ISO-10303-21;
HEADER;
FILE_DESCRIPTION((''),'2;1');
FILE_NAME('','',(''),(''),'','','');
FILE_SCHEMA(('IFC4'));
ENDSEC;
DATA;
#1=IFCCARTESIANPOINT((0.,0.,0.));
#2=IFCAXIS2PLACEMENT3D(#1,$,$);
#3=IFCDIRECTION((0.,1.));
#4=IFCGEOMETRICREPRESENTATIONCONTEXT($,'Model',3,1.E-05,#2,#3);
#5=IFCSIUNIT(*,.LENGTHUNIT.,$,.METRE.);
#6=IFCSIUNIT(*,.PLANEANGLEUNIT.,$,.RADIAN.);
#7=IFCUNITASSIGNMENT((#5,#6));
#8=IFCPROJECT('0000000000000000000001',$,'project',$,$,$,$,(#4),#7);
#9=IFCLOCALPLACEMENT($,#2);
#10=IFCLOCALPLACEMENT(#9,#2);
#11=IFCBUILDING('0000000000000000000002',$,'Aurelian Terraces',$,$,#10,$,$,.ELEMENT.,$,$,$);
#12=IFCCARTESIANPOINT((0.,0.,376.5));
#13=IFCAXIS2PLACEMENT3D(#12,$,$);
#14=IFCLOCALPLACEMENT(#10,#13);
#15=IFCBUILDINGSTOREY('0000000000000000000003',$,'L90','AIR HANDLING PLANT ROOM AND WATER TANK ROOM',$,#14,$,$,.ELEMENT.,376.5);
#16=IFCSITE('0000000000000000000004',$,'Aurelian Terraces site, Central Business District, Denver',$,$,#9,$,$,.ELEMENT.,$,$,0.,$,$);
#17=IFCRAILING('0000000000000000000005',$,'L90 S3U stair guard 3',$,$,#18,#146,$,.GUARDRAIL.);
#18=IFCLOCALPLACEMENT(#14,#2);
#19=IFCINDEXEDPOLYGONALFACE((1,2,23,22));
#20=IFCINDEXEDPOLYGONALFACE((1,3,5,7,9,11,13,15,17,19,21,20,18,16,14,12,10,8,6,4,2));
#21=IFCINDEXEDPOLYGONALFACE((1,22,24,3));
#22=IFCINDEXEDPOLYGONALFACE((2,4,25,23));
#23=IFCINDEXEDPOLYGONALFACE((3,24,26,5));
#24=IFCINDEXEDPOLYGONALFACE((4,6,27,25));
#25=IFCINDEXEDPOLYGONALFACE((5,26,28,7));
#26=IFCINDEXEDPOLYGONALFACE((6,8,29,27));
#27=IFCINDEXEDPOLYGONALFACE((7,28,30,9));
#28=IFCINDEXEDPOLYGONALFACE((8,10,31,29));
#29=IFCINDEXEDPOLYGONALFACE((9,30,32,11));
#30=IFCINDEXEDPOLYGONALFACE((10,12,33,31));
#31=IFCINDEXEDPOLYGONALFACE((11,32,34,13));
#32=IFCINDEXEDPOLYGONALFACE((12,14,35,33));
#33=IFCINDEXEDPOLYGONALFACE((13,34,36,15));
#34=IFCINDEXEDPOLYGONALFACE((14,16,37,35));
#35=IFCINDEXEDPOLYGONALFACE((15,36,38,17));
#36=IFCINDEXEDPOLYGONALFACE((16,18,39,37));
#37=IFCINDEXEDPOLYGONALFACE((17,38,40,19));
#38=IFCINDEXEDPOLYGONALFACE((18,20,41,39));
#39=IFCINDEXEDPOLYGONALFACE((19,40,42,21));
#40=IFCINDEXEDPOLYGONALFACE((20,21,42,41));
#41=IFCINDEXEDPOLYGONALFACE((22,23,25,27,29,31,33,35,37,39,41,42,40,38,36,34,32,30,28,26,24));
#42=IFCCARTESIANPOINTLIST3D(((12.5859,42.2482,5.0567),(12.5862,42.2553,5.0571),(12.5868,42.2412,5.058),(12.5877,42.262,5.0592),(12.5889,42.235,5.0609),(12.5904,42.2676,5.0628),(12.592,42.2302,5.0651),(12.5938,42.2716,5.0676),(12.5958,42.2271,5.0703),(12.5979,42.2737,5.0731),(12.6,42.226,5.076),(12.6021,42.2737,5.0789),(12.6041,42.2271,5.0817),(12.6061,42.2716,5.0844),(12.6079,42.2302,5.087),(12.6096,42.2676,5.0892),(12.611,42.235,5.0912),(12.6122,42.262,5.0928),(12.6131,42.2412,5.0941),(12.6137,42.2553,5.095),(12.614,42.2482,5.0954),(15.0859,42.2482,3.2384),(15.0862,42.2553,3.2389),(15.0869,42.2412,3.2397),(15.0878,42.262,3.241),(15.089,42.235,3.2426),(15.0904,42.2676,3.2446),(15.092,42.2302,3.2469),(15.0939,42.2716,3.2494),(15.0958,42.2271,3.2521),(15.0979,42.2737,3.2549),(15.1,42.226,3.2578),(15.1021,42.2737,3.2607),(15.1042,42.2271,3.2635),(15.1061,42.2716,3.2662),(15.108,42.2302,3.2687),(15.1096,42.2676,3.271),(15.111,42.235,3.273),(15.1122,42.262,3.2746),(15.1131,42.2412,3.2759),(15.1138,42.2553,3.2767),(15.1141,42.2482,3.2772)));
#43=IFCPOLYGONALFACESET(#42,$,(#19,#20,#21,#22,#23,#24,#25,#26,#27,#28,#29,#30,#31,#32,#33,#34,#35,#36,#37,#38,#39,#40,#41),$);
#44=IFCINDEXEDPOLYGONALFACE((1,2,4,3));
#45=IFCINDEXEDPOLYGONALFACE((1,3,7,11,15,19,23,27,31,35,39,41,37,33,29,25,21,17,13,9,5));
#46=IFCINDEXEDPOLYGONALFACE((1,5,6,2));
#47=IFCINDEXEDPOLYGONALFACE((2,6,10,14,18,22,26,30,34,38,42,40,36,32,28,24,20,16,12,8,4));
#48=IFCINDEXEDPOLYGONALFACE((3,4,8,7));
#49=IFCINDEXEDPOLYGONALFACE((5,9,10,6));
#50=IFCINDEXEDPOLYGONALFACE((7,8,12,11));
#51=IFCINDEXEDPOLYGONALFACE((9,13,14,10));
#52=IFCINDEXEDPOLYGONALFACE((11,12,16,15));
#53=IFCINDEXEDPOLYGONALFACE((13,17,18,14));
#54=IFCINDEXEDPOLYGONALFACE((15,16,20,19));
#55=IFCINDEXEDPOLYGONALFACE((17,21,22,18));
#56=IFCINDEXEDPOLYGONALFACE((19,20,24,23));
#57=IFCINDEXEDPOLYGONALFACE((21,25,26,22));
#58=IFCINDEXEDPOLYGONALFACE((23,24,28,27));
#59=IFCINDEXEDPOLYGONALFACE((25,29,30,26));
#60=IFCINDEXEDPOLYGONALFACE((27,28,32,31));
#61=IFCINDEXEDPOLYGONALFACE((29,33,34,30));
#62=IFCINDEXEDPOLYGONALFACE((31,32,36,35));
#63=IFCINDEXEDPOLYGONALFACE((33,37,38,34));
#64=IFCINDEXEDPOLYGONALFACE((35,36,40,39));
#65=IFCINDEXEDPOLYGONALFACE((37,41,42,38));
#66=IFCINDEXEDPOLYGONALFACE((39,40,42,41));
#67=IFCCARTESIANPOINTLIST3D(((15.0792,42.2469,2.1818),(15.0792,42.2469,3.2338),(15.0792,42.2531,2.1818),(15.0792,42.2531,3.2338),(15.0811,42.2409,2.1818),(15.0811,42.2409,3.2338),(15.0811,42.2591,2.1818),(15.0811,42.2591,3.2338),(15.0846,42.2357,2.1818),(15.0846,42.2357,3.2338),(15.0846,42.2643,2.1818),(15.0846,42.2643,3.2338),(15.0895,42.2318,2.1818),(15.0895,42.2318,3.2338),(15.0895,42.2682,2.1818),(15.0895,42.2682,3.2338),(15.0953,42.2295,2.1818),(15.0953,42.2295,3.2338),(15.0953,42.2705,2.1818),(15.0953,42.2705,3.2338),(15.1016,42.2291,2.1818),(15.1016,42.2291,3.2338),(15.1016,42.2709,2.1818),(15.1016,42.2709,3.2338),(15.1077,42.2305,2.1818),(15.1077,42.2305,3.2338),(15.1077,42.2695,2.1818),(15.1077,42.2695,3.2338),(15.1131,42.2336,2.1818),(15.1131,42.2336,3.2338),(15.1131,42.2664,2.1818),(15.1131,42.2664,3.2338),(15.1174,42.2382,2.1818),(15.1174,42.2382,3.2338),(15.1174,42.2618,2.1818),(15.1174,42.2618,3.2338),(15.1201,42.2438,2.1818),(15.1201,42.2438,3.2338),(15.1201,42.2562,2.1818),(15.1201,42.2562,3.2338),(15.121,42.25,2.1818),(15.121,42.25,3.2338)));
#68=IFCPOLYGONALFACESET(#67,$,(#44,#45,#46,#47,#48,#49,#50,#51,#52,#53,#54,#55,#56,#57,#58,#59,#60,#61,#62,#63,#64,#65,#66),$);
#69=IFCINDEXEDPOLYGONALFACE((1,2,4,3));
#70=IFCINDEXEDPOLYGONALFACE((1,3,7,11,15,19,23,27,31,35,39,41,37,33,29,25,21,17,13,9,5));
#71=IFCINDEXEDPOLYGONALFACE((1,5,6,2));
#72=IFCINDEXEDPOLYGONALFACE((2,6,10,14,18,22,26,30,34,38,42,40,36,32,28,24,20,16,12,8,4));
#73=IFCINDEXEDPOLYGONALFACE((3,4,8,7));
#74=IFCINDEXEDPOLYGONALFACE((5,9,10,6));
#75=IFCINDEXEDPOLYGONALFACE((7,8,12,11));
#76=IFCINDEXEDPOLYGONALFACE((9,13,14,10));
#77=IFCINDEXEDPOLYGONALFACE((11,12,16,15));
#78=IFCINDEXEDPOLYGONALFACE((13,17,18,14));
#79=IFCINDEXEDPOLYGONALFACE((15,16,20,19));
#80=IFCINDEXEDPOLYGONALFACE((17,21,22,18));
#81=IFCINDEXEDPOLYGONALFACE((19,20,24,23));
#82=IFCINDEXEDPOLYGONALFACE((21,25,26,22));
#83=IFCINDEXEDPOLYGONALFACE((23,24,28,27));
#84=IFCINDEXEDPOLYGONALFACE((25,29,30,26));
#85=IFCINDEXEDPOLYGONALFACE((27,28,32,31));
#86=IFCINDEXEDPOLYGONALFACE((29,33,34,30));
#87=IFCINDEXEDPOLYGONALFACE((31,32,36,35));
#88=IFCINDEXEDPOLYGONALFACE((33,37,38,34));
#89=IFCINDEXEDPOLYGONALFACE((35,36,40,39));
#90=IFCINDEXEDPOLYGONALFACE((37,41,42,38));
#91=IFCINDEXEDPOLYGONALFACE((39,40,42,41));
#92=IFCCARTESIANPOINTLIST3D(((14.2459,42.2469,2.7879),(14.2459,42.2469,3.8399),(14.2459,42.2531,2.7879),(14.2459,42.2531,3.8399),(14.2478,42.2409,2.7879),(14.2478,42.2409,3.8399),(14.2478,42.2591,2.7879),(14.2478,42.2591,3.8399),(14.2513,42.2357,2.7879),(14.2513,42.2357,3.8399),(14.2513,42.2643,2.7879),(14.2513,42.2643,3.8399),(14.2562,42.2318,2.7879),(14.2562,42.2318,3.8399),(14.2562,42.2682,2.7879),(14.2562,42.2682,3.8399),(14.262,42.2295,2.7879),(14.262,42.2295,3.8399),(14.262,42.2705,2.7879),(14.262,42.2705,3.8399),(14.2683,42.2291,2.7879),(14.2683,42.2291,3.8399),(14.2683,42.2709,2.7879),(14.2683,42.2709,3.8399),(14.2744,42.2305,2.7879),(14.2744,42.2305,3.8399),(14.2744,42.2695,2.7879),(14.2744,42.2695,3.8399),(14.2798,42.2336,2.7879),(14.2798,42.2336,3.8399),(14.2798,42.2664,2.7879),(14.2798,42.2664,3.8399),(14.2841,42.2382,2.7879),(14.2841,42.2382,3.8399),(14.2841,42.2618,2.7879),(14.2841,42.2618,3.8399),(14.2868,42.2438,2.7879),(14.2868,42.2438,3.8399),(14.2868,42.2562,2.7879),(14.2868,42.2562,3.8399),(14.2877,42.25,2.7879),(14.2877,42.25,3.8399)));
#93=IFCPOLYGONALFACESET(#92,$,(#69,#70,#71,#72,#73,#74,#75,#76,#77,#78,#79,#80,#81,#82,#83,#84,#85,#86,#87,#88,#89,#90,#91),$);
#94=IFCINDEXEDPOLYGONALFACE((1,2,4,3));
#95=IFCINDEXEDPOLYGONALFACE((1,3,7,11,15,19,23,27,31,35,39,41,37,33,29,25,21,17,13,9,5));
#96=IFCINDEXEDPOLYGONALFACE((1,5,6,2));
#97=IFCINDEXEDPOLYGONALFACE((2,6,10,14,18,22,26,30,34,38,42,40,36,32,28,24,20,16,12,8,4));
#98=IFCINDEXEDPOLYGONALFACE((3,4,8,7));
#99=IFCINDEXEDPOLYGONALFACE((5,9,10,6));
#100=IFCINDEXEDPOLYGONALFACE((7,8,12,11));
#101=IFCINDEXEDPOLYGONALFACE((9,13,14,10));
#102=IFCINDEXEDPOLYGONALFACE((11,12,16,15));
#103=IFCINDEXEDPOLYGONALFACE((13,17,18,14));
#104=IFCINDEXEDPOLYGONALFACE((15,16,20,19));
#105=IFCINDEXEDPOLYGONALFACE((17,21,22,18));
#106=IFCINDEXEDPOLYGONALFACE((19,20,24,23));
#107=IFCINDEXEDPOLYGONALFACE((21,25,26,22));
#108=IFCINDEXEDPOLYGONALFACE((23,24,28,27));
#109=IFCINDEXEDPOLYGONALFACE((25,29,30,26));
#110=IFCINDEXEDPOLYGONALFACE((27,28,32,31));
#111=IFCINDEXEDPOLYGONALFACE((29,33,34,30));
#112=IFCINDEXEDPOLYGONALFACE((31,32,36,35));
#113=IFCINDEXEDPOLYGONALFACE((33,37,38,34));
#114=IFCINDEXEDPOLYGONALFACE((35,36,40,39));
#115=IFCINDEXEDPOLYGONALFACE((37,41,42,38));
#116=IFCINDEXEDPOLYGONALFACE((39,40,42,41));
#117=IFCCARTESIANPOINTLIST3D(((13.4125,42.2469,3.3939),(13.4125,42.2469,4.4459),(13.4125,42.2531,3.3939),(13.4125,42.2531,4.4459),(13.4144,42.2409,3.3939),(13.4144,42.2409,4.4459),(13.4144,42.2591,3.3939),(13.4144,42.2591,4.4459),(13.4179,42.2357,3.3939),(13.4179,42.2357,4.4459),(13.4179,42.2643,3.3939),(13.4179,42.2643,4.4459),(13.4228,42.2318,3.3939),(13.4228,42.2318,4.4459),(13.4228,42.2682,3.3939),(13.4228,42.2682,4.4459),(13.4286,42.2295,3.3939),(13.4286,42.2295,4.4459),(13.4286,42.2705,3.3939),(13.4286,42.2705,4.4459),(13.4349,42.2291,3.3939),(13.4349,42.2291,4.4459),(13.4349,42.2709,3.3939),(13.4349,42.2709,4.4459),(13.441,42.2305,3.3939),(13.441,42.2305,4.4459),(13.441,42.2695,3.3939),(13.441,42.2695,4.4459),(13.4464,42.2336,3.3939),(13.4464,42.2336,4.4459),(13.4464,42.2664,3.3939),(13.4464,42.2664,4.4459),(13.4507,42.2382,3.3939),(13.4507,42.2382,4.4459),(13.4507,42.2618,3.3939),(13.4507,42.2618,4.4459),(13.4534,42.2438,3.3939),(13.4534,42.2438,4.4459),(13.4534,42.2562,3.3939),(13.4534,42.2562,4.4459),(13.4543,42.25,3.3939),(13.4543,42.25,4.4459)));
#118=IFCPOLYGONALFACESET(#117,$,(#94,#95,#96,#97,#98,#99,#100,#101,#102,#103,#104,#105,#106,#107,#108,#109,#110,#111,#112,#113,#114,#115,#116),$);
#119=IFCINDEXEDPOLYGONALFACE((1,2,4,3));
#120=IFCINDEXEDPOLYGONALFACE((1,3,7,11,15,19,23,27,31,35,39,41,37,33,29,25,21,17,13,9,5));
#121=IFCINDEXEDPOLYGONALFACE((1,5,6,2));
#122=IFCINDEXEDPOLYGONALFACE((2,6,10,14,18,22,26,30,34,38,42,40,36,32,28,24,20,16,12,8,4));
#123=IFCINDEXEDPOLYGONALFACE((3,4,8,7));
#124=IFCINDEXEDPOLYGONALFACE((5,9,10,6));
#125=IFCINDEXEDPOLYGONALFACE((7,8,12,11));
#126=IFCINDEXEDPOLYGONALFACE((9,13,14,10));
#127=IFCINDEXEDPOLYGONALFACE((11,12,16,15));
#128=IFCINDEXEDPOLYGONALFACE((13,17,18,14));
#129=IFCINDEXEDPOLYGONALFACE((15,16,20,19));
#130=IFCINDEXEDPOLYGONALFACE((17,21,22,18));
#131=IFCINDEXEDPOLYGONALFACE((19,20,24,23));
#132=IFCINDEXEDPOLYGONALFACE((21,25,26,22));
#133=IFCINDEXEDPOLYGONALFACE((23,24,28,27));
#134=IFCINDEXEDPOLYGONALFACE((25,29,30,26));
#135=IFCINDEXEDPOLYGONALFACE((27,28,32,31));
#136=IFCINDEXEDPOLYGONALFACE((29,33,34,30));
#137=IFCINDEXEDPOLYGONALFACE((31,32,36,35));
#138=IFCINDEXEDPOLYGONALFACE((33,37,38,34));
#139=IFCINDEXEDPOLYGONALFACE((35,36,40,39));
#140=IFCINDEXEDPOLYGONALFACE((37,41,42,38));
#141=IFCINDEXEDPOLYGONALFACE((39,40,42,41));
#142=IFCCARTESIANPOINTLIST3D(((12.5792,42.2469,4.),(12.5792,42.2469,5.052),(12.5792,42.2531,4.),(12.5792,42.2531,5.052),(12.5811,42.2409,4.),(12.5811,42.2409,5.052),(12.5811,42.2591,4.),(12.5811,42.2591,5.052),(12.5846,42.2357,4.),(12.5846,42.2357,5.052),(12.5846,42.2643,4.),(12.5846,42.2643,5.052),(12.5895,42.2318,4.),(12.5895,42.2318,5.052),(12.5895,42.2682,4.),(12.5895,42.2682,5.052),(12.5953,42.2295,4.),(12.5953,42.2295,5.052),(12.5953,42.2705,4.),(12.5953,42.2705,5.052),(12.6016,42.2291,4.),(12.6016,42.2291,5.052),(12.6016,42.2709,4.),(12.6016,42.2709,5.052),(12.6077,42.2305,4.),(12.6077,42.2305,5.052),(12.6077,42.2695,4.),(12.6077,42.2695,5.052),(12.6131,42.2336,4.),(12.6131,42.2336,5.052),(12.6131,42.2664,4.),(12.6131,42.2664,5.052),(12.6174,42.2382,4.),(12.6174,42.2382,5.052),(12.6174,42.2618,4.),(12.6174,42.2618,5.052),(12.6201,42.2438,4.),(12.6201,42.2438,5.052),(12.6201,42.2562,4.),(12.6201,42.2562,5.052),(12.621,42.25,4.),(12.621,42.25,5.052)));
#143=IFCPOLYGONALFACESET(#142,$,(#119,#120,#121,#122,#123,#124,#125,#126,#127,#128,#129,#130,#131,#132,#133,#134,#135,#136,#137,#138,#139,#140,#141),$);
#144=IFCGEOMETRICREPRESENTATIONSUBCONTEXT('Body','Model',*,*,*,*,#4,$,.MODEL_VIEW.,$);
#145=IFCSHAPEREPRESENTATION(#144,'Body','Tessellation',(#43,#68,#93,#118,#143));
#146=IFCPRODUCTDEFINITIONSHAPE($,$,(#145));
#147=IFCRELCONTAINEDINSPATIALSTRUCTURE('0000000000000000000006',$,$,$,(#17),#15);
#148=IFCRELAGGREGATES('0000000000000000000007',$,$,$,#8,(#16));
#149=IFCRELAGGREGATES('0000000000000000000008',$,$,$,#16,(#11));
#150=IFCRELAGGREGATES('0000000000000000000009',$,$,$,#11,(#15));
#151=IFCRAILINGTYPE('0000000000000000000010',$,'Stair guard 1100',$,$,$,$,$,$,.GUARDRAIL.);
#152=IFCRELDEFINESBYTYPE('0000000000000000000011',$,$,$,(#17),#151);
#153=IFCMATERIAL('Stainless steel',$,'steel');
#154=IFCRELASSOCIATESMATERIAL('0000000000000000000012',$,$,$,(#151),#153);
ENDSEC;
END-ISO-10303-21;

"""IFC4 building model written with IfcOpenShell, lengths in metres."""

from ifc_helpers import new_model, si_unit, direction, frame, origin, origin_2d, place, context, subcontext, project, spatial, circle, extrude, source, transform, mapped, material, type_object, element, save


model = new_model("IFC4")

# Units and contexts
model_context = context("Model", 3, precision=1e-05, world=origin(), true_north=direction((0.0, 1.0)))
body_context = subcontext(model_context, "Body", "Model", "MODEL_VIEW")
ifc_project = project(units=[si_unit("LENGTHUNIT", "METRE"), si_unit("PLANEANGLEUNIT", "RADIAN")], contexts=[model_context])

# Site, building, storey
site_placement = place(None, origin())
site = spatial("IfcSite", under=ifc_project, at=site_placement, Name="Aurelian Terraces site, Central Business District, Denver", CompositionType="ELEMENT", RefElevation=0.0)
building_placement = place(site_placement, origin())
building = spatial("IfcBuilding", under=site, at=building_placement, Name="Aurelian Terraces", CompositionType="ELEMENT")
storey_placement = place(building_placement, frame((0.0, 0.0, 376.5)))
storey = spatial("IfcBuildingStorey", under=building, at=storey_placement, Name="L90", Description="AIR HANDLING PLANT ROOM AND WATER TANK ROOM", CompositionType="ELEMENT", Elevation=376.5)

# Railing
ifc_material_1 = material(Name="Stainless steel", Category="steel")
railing_type_1 = type_object("IfcRailingType", Name="Stair guard 1100", PredefinedType="GUARDRAIL", material=ifc_material_1)
shared_shape_1 = source(origin(), body_context, "Body", "SweptSolid", [
    extrude(circle(Radius=0.024, at=origin_2d()), frame((0.0, 0.0, 1.076), z_axis=(-0.808733, 0.0, 0.588176), x_axis=(0.0, -1.0, 0.0)), (0.0, 0.0, 1.0), 3.0913),
    extrude(circle(Radius=0.021, at=origin_2d()), origin(), (0.0, 0.0, 1.0), 1.052),
    extrude(circle(Radius=0.021, at=origin_2d()), frame((-0.8333, 0.0, 0.6061)), (0.0, 0.0, 1.0), 1.052),
    extrude(circle(Radius=0.021, at=origin_2d()), frame((-1.6667, 0.0, 1.2121)), (0.0, 0.0, 1.0), 1.052),
    extrude(circle(Radius=0.021, at=origin_2d()), frame((-2.5, 0.0, 1.8182)), (0.0, 0.0, 1.0), 1.052),
])
railing_1_placement = place(storey_placement, frame((15.1, 42.25, 2.1818)))
element("IfcRailing", 1, at=railing_1_placement, inside=storey, type_object=railing_type_1, Name="L90 S3U stair guard 3", PredefinedType="GUARDRAIL", context=body_context, shape_type="MappedRepresentation", body=[
    mapped(shared_shape_1, transform((0.0, 0.0, 0.0), scale=1.0)),
])

save(model, "model.ifc")
